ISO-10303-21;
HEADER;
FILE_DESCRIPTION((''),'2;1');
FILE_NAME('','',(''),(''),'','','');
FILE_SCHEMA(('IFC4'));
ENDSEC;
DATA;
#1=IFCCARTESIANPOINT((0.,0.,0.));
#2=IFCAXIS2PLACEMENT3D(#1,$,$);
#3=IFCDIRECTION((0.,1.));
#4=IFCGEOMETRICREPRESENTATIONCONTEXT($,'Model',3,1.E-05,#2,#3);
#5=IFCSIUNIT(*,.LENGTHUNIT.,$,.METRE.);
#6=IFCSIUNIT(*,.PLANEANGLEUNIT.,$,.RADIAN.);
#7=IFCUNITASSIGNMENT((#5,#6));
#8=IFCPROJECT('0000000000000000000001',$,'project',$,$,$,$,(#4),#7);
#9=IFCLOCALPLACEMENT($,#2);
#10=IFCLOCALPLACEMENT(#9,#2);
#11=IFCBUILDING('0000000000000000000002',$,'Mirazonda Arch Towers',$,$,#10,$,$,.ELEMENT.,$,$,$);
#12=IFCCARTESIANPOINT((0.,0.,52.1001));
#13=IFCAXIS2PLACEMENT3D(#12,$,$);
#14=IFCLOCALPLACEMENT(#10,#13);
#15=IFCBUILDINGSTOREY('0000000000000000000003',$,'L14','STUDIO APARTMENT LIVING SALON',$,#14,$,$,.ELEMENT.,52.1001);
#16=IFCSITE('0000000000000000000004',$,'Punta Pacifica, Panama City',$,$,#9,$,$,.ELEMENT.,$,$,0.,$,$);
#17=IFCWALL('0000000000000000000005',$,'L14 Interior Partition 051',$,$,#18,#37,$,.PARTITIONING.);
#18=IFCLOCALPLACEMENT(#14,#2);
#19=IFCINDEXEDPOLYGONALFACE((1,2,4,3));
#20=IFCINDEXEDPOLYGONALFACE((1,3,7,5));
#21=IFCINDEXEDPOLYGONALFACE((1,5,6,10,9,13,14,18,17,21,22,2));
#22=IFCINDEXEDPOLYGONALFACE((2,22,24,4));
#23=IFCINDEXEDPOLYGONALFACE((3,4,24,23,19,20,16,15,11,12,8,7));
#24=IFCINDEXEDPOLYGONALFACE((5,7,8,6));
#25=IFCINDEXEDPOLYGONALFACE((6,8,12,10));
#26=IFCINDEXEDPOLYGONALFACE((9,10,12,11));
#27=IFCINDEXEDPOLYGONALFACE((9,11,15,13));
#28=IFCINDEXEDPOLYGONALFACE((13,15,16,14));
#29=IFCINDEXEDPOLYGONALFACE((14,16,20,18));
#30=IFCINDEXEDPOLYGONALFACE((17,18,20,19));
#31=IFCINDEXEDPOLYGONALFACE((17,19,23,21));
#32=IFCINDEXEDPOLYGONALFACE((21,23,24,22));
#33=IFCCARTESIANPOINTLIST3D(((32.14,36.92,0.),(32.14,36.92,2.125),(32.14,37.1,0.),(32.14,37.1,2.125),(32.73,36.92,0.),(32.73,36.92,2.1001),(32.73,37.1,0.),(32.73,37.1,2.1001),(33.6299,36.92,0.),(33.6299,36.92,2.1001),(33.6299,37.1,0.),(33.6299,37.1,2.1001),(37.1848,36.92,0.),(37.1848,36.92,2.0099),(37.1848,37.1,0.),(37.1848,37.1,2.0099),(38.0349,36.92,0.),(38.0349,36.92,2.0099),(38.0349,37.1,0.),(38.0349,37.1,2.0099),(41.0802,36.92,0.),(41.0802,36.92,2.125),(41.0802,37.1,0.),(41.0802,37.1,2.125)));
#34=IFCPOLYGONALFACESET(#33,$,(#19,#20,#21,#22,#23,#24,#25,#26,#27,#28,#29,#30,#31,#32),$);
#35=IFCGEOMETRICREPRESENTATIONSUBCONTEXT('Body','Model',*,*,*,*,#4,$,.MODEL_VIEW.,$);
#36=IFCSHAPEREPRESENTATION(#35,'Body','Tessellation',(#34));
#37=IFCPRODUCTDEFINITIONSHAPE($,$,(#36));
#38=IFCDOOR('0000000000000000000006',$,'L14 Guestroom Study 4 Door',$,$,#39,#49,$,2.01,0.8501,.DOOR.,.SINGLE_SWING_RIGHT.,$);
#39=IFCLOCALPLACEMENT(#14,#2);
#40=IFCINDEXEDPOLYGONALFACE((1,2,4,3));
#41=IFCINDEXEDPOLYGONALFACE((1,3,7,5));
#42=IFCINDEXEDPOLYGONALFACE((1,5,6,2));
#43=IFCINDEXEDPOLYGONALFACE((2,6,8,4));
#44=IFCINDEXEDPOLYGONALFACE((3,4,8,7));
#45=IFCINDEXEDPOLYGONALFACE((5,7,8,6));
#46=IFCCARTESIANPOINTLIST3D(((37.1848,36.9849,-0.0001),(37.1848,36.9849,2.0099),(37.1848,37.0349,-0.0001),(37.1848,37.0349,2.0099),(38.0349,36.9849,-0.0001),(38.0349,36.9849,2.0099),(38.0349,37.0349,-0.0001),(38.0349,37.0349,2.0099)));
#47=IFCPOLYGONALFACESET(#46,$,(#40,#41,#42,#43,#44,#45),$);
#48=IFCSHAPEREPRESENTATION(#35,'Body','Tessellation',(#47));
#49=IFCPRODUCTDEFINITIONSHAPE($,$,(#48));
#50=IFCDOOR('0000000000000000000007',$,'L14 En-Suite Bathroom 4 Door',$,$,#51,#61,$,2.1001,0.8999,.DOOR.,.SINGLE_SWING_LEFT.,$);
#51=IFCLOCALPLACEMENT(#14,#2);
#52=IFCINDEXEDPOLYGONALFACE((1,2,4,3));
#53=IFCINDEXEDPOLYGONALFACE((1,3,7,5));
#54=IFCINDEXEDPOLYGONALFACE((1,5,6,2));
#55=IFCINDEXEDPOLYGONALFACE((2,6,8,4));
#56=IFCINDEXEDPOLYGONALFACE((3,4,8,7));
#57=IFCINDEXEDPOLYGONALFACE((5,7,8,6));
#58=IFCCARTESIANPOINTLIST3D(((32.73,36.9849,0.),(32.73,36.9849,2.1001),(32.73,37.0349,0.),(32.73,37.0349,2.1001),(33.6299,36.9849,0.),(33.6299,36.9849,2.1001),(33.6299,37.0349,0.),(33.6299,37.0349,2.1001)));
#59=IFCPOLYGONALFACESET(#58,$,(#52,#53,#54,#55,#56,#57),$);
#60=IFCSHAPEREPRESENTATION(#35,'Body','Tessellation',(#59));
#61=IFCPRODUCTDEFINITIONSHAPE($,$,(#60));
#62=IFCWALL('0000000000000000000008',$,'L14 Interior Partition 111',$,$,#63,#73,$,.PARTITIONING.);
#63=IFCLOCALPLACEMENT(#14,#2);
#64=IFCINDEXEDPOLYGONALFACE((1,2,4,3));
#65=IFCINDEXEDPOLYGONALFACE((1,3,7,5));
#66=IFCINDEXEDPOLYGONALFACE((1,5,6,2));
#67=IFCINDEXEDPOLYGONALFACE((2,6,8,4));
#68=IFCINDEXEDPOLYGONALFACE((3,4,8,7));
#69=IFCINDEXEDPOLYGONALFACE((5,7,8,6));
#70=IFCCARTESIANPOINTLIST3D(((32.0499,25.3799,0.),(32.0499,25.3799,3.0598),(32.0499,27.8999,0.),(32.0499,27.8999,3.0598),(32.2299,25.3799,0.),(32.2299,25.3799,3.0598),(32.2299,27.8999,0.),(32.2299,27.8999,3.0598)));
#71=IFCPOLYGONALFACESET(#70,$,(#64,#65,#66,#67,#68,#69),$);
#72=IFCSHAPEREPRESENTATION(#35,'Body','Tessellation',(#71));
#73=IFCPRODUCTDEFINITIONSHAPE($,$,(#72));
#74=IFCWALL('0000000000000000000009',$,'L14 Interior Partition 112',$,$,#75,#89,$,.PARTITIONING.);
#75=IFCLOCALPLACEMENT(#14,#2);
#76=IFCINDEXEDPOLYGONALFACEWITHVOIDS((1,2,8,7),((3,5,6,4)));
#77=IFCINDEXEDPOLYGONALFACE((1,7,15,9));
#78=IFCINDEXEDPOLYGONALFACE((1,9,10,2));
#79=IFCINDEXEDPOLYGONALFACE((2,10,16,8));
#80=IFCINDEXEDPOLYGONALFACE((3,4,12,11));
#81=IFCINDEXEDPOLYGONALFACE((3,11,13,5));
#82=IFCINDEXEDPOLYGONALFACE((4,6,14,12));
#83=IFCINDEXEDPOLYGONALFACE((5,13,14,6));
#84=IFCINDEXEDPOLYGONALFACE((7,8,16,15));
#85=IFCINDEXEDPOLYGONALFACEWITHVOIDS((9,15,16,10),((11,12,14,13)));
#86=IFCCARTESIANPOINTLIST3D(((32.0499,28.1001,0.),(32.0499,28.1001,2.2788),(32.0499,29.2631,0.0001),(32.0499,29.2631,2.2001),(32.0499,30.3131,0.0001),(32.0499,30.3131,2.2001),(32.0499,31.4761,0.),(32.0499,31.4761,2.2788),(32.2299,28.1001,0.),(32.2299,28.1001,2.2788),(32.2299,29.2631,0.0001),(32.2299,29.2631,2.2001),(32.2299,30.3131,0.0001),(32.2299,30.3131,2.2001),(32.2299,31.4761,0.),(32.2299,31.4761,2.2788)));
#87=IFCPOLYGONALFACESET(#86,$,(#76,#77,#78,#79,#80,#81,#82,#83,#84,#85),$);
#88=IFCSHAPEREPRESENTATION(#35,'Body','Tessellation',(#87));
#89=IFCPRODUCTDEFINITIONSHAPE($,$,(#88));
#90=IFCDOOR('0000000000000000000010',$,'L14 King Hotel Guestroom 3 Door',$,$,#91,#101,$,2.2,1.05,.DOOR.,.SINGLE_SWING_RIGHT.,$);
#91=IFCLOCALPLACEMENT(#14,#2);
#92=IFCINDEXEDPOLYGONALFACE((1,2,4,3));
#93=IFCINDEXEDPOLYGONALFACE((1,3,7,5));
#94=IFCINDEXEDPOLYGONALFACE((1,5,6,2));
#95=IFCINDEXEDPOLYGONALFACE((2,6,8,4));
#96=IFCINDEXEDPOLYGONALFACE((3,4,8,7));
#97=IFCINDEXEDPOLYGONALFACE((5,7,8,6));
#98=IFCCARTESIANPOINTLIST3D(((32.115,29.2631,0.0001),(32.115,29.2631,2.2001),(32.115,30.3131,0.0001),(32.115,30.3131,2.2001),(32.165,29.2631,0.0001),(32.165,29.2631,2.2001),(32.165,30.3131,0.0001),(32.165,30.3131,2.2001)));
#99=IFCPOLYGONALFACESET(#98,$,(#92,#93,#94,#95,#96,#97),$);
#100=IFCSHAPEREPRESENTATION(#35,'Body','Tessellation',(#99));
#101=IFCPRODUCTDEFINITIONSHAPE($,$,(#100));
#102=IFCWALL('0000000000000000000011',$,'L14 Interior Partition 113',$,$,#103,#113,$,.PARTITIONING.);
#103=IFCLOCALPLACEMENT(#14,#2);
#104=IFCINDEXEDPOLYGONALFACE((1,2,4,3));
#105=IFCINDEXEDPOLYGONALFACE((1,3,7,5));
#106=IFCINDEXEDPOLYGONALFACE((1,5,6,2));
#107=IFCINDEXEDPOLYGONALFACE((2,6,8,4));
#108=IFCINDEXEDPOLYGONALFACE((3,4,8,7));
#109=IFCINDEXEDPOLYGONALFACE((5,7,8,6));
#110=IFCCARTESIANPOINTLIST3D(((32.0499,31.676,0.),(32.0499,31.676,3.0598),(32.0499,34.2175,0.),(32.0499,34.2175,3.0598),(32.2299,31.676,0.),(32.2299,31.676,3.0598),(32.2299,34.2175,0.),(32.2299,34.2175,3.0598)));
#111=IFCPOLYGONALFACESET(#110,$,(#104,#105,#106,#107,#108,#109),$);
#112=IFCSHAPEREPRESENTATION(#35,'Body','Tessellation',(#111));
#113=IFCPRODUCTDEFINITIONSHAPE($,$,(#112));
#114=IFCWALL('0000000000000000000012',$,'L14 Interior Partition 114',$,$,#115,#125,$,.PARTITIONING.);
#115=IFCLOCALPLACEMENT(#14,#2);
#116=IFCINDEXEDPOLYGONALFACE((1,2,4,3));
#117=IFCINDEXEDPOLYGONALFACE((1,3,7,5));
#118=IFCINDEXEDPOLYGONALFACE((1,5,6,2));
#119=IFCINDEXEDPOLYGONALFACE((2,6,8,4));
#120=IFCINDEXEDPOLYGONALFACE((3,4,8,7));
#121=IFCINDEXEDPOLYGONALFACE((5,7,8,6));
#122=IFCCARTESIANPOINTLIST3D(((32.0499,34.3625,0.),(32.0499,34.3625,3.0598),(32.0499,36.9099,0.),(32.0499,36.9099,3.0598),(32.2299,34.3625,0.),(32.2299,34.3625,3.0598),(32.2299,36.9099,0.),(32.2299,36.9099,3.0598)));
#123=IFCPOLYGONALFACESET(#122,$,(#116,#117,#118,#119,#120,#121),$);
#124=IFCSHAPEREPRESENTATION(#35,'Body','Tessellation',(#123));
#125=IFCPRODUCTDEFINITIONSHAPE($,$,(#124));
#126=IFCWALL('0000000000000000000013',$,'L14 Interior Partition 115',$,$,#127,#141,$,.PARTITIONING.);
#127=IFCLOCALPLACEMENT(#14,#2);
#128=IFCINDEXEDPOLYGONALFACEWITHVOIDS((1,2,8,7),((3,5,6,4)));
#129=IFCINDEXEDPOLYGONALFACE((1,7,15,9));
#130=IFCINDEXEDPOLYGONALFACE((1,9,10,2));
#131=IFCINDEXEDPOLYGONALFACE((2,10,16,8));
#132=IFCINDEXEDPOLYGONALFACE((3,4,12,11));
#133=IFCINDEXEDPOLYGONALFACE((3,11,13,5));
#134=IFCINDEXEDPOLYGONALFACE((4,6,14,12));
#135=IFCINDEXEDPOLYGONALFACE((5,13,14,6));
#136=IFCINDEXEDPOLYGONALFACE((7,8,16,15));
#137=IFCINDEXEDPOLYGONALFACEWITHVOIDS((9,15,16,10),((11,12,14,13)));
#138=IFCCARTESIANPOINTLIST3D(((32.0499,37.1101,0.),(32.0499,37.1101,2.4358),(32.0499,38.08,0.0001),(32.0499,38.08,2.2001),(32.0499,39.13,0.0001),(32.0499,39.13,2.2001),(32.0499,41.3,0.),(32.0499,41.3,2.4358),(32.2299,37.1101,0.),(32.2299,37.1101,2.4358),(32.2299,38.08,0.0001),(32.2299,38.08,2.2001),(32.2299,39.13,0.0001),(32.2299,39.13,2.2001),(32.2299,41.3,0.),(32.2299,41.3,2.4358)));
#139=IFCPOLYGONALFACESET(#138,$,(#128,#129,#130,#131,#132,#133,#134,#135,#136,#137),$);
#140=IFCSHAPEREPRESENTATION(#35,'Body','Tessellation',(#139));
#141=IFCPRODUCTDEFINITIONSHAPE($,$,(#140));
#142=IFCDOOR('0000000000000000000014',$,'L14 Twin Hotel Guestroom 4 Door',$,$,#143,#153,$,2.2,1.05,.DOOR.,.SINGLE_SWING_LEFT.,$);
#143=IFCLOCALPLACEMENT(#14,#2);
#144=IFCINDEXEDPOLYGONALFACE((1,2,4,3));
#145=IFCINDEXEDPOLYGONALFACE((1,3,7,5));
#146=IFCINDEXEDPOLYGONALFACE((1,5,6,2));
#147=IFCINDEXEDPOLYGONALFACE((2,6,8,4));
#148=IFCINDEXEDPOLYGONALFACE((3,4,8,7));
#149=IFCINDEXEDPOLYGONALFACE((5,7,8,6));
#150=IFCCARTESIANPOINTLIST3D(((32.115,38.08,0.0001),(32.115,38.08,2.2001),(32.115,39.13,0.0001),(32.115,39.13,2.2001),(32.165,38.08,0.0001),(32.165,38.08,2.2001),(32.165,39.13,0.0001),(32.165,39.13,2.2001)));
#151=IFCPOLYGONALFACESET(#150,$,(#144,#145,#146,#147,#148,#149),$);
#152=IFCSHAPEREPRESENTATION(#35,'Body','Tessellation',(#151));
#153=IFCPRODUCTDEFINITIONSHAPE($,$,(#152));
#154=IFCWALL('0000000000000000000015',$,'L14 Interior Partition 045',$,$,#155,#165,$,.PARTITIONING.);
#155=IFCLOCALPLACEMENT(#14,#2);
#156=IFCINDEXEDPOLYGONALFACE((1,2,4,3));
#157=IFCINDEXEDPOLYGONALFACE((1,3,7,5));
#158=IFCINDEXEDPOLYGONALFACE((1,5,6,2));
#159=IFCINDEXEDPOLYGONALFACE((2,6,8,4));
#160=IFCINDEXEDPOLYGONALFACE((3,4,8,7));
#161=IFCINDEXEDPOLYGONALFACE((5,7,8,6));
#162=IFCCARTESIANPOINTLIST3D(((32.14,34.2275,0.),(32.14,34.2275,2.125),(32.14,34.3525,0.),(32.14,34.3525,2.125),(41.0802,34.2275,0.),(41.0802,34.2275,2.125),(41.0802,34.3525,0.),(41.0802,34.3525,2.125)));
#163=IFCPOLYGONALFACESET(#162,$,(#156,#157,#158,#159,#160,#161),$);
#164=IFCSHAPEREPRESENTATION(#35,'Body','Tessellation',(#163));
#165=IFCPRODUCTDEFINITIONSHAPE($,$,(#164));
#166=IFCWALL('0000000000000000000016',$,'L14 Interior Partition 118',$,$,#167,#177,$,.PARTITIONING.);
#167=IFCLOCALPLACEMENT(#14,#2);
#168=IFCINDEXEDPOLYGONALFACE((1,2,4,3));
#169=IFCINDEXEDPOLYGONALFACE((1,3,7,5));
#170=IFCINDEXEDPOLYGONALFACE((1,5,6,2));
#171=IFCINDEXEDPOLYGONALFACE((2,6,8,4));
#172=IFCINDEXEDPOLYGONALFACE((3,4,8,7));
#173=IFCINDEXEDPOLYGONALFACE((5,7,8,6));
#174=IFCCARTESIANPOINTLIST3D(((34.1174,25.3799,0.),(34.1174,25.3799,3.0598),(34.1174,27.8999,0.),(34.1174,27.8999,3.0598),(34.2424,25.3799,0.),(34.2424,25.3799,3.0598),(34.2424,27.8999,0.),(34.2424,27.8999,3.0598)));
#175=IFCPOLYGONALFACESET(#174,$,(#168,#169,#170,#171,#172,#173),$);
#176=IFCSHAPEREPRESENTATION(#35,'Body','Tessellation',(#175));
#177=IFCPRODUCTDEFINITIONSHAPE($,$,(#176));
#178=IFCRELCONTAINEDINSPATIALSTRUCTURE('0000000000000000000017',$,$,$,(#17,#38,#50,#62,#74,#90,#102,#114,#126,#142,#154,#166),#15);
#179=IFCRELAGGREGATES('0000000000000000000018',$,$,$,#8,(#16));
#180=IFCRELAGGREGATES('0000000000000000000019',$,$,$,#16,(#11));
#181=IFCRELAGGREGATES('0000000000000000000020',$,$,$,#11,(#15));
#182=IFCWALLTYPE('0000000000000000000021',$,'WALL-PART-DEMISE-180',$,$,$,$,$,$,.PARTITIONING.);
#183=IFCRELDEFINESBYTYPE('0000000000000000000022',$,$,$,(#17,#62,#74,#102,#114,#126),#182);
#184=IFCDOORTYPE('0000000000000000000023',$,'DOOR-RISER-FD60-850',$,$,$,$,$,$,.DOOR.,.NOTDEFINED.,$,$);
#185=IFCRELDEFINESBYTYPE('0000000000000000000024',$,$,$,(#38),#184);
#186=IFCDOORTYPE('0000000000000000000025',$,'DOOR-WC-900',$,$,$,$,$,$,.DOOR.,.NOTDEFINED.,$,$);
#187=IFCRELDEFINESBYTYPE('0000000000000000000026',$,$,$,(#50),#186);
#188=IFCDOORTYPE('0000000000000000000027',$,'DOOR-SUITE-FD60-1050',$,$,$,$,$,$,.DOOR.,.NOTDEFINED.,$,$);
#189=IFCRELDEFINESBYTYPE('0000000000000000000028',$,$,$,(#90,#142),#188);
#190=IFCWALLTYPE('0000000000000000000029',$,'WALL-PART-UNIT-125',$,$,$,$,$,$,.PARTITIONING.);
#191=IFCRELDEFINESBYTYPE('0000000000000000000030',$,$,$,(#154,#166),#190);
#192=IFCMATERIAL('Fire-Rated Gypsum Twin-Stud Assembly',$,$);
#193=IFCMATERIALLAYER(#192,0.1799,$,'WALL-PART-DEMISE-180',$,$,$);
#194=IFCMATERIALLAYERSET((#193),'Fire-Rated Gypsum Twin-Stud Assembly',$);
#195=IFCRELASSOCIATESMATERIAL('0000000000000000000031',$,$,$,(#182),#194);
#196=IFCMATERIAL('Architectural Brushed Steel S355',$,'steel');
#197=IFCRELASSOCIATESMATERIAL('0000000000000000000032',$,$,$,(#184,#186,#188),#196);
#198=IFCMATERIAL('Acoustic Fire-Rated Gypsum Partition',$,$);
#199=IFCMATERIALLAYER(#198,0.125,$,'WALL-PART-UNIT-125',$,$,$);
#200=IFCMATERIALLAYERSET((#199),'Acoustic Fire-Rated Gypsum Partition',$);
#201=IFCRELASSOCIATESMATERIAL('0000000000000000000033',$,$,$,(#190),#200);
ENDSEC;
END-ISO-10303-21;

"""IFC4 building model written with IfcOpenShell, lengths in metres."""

from ifc_helpers import new_model, si_unit, direction, frame, frame_2d, origin, place, context, subcontext, project, spatial, rectangle, extrude, material, layer, layer_set, type_object, element, fill, save


model = new_model("IFC4")

# Units and contexts
model_context = context("Model", 3, precision=1e-05, world=origin(), true_north=direction((0.0, 1.0)))
body_context = subcontext(model_context, "Body", "Model", "MODEL_VIEW")
ifc_project = project(units=[si_unit("LENGTHUNIT", "METRE"), si_unit("PLANEANGLEUNIT", "RADIAN")], contexts=[model_context])

# Site, building, storey
site_placement = place(None, origin())
site = spatial("IfcSite", under=ifc_project, at=site_placement, Name="Punta Pacifica, Panama City", CompositionType="ELEMENT", RefElevation=0.0)
building_placement = place(site_placement, origin())
building = spatial("IfcBuilding", under=site, at=building_placement, Name="Mirazonda Arch Towers", CompositionType="ELEMENT")
storey_placement = place(building_placement, frame((0.0, 0.0, 52.1001)))
storey = spatial("IfcBuildingStorey", under=building, at=storey_placement, Name="L14", Description="STUDIO APARTMENT LIVING SALON", CompositionType="ELEMENT", Elevation=52.1001)

# Shared definitions
ifc_material_1 = material(Name="Fire-Rated Gypsum Twin-Stud Assembly")
ifc_layer_1 = layer(ifc_material_1, 0.1799, Name="WALL-PART-DEMISE-180")
ifc_layer_set_1 = layer_set([ifc_layer_1], Name="Fire-Rated Gypsum Twin-Stud Assembly")
wall_type_1 = type_object("IfcWallType", Name="WALL-PART-DEMISE-180", PredefinedType="PARTITIONING", material=ifc_layer_set_1)
ifc_material_2 = material(Name="Architectural Brushed Steel S355", Category="steel")
door_type_1 = type_object("IfcDoorType", Name="DOOR-RISER-FD60-850", OperationType="NOTDEFINED", PredefinedType="DOOR", material=ifc_material_2)
door_type_2 = type_object("IfcDoorType", Name="DOOR-WC-900", OperationType="NOTDEFINED", PredefinedType="DOOR", material=ifc_material_2)

# Wall, openings, doors
wall_1_placement = place(storey_placement, frame((32.1399, 37.01, 0.0), z_axis=(0.0, 0.0, 1.0), x_axis=(1.0, 0.0, 0.0)))
wall_1 = element("IfcWall", 1, at=wall_1_placement, inside=storey, type_object=wall_type_1, Name="L14 Interior Partition 051", PredefinedType="PARTITIONING", context=body_context, shape_type="SweptSolid", body=[
    extrude(rectangle(XDim=8.9402, YDim=0.1799, at=frame_2d((4.4702, 0.0))), origin(), (0.0, 0.0, 1.0), 2.125),
])
opening_1_placement = place(wall_1_placement, frame((5.0449, 0.0, 0.0)))
opening_1 = element("IfcOpeningElement", 2, at=opening_1_placement, cuts=wall_1, PredefinedType="OPENING", context=body_context, shape_type="SweptSolid", body=[
    extrude(rectangle(XDim=0.8501, YDim=2.01, at=frame_2d((0.425, 1.0049))), frame((0.0, 0.0999, 0.0), z_axis=(0.0, -1.0, 0.0), x_axis=(1.0, 0.0, 0.0)), (0.0, 0.0, 1.0), 0.2),
])
opening_2_placement = place(wall_1_placement, frame((0.5901, 0.0, 0.0)))
opening_2 = element("IfcOpeningElement", 3, at=opening_2_placement, cuts=wall_1, PredefinedType="OPENING", context=body_context, shape_type="SweptSolid", body=[
    extrude(rectangle(XDim=0.8999, YDim=2.1001, at=frame_2d((0.45, 1.05))), frame((0.0, 0.0999, 0.0), z_axis=(0.0, -1.0, 0.0), x_axis=(1.0, 0.0, 0.0)), (0.0, 0.0, 1.0), 0.2),
])
door_1_placement = place(opening_1_placement, origin())
door_1 = element("IfcDoor", 4, at=door_1_placement, inside=storey, type_object=door_type_1, Name="L14 Guestroom Study 4 Door", OperationType="SINGLE_SWING_RIGHT", OverallHeight=2.01, OverallWidth=0.8501, PredefinedType="DOOR", context=body_context, shape_type="SweptSolid", body=[
    extrude(rectangle(XDim=0.8501, YDim=2.01, at=frame_2d((0.425, 1.0049))), frame((0.0, 0.0249, 0.0), z_axis=(0.0, -1.0, 0.0), x_axis=(1.0, 0.0, 0.0)), (0.0, 0.0, 1.0), 0.05),
])
fill(opening_1, door_1)
door_2_placement = place(opening_2_placement, origin())
door_2 = element("IfcDoor", 5, at=door_2_placement, inside=storey, type_object=door_type_2, Name="L14 En-Suite Bathroom 4 Door", OperationType="SINGLE_SWING_LEFT", OverallHeight=2.1001, OverallWidth=0.8999, PredefinedType="DOOR", context=body_context, shape_type="SweptSolid", body=[
    extrude(rectangle(XDim=0.8999, YDim=2.1001, at=frame_2d((0.45, 1.05))), frame((0.0, 0.0249, 0.0), z_axis=(0.0, -1.0, 0.0), x_axis=(1.0, 0.0, 0.0)), (0.0, 0.0, 1.0), 0.05),
])
fill(opening_2, door_2)

# Wall
wall_2_placement = place(storey_placement, frame((32.1399, 25.3799, 0.0), z_axis=(0.0, 0.0, 1.0), x_axis=(0.0, 1.0, 0.0)))
element("IfcWall", 6, at=wall_2_placement, inside=storey, type_object=wall_type_1, Name="L14 Interior Partition 111", PredefinedType="PARTITIONING", context=body_context, shape_type="SweptSolid", body=[
    extrude(rectangle(XDim=2.52, YDim=0.1799, at=frame_2d((1.26, 0.0))), origin(), (0.0, 0.0, 1.0), 3.0598),
])

# Wall, opening, door
wall_3_placement = place(storey_placement, frame((32.1399, 28.1001, 0.0), z_axis=(0.0, 0.0, 1.0), x_axis=(0.0, 1.0, 0.0)))
wall_3 = element("IfcWall", 7, at=wall_3_placement, inside=storey, type_object=wall_type_1, Name="L14 Interior Partition 112", PredefinedType="PARTITIONING", context=body_context, shape_type="SweptSolid", body=[
    extrude(rectangle(XDim=3.376, YDim=0.1799, at=frame_2d((1.688, 0.0))), origin(), (0.0, 0.0, 1.0), 2.2788),
])
opening_3_placement = place(wall_3_placement, frame((1.1631, 0.0, 0.0)))
opening_3 = element("IfcOpeningElement", 8, at=opening_3_placement, cuts=wall_3, PredefinedType="OPENING", context=body_context, shape_type="SweptSolid", body=[
    extrude(rectangle(XDim=1.05, YDim=2.2, at=frame_2d((0.5249, 1.1001))), frame((0.0, 0.0999, 0.0), z_axis=(0.0, -1.0, 0.0), x_axis=(1.0, 0.0, 0.0)), (0.0, 0.0, 1.0), 0.2),
])
door_type_3 = type_object("IfcDoorType", Name="DOOR-SUITE-FD60-1050", OperationType="NOTDEFINED", PredefinedType="DOOR", material=ifc_material_2)
door_3_placement = place(opening_3_placement, origin())
door_3 = element("IfcDoor", 9, at=door_3_placement, inside=storey, type_object=door_type_3, Name="L14 King Hotel Guestroom 3 Door", OperationType="SINGLE_SWING_RIGHT", OverallHeight=2.2, OverallWidth=1.05, PredefinedType="DOOR", context=body_context, shape_type="SweptSolid", body=[
    extrude(rectangle(XDim=1.05, YDim=2.2, at=frame_2d((0.5249, 1.1001))), frame((0.0, 0.0249, 0.0), z_axis=(0.0, -1.0, 0.0), x_axis=(1.0, 0.0, 0.0)), (0.0, 0.0, 1.0), 0.05),
])
fill(opening_3, door_3)

# Walls
wall_4_placement = place(storey_placement, frame((32.1399, 31.676, 0.0), z_axis=(0.0, 0.0, 1.0), x_axis=(0.0, 1.0, 0.0)))
element("IfcWall", 10, at=wall_4_placement, inside=storey, type_object=wall_type_1, Name="L14 Interior Partition 113", PredefinedType="PARTITIONING", context=body_context, shape_type="SweptSolid", body=[
    extrude(rectangle(XDim=2.5415, YDim=0.1799, at=frame_2d((1.2708, 0.0))), origin(), (0.0, 0.0, 1.0), 3.0598),
])
wall_5_placement = place(storey_placement, frame((32.1399, 34.3625, 0.0), z_axis=(0.0, 0.0, 1.0), x_axis=(0.0, 1.0, 0.0)))
element("IfcWall", 11, at=wall_5_placement, inside=storey, type_object=wall_type_1, Name="L14 Interior Partition 114", PredefinedType="PARTITIONING", context=body_context, shape_type="SweptSolid", body=[
    extrude(rectangle(XDim=2.5474, YDim=0.1799, at=frame_2d((1.2737, 0.0))), origin(), (0.0, 0.0, 1.0), 3.0598),
])

# Wall, opening, door
wall_6_placement = place(storey_placement, frame((32.1399, 37.1101, 0.0), z_axis=(0.0, 0.0, 1.0), x_axis=(0.0, 1.0, 0.0)))
wall_6 = element("IfcWall", 12, at=wall_6_placement, inside=storey, type_object=wall_type_1, Name="L14 Interior Partition 115", PredefinedType="PARTITIONING", context=body_context, shape_type="SweptSolid", body=[
    extrude(rectangle(XDim=4.1899, YDim=0.1799, at=frame_2d((2.095, 0.0))), origin(), (0.0, 0.0, 1.0), 2.4358),
])
opening_4_placement = place(wall_6_placement, frame((0.97, 0.0, 0.0)))
opening_4 = element("IfcOpeningElement", 13, at=opening_4_placement, cuts=wall_6, PredefinedType="OPENING", context=body_context, shape_type="SweptSolid", body=[
    extrude(rectangle(XDim=1.05, YDim=2.2, at=frame_2d((0.5249, 1.1001))), frame((0.0, 0.0999, 0.0), z_axis=(0.0, -1.0, 0.0), x_axis=(1.0, 0.0, 0.0)), (0.0, 0.0, 1.0), 0.2),
])
door_4_placement = place(opening_4_placement, origin())
door_4 = element("IfcDoor", 14, at=door_4_placement, inside=storey, type_object=door_type_3, Name="L14 Twin Hotel Guestroom 4 Door", OperationType="SINGLE_SWING_LEFT", OverallHeight=2.2, OverallWidth=1.05, PredefinedType="DOOR", context=body_context, shape_type="SweptSolid", body=[
    extrude(rectangle(XDim=1.05, YDim=2.2, at=frame_2d((0.5249, 1.1001))), frame((0.0, 0.0249, 0.0), z_axis=(0.0, -1.0, 0.0), x_axis=(1.0, 0.0, 0.0)), (0.0, 0.0, 1.0), 0.05),
])
fill(opening_4, door_4)

# Walls
ifc_material_3 = material(Name="Acoustic Fire-Rated Gypsum Partition")
ifc_layer_2 = layer(ifc_material_3, 0.125, Name="WALL-PART-UNIT-125")
ifc_layer_set_2 = layer_set([ifc_layer_2], Name="Acoustic Fire-Rated Gypsum Partition")
wall_type_2 = type_object("IfcWallType", Name="WALL-PART-UNIT-125", PredefinedType="PARTITIONING", material=ifc_layer_set_2)
wall_7_placement = place(storey_placement, frame((32.1399, 34.29, 0.0), z_axis=(0.0, 0.0, 1.0), x_axis=(1.0, 0.0, 0.0)))
element("IfcWall", 15, at=wall_7_placement, inside=storey, type_object=wall_type_2, Name="L14 Interior Partition 045", PredefinedType="PARTITIONING", context=body_context, shape_type="SweptSolid", body=[
    extrude(rectangle(XDim=8.9402, YDim=0.125, at=frame_2d((4.4702, 0.0))), origin(), (0.0, 0.0, 1.0), 2.125),
])
wall_8_placement = place(storey_placement, frame((34.1799, 25.3799, 0.0), z_axis=(0.0, 0.0, 1.0), x_axis=(0.0, 1.0, 0.0)))
element("IfcWall", 16, at=wall_8_placement, inside=storey, type_object=wall_type_2, Name="L14 Interior Partition 118", PredefinedType="PARTITIONING", context=body_context, shape_type="SweptSolid", body=[
    extrude(rectangle(XDim=2.52, YDim=0.125, at=frame_2d((1.26, 0.0))), origin(), (0.0, 0.0, 1.0), 3.0598),
])

save(model, "model.ifc")
